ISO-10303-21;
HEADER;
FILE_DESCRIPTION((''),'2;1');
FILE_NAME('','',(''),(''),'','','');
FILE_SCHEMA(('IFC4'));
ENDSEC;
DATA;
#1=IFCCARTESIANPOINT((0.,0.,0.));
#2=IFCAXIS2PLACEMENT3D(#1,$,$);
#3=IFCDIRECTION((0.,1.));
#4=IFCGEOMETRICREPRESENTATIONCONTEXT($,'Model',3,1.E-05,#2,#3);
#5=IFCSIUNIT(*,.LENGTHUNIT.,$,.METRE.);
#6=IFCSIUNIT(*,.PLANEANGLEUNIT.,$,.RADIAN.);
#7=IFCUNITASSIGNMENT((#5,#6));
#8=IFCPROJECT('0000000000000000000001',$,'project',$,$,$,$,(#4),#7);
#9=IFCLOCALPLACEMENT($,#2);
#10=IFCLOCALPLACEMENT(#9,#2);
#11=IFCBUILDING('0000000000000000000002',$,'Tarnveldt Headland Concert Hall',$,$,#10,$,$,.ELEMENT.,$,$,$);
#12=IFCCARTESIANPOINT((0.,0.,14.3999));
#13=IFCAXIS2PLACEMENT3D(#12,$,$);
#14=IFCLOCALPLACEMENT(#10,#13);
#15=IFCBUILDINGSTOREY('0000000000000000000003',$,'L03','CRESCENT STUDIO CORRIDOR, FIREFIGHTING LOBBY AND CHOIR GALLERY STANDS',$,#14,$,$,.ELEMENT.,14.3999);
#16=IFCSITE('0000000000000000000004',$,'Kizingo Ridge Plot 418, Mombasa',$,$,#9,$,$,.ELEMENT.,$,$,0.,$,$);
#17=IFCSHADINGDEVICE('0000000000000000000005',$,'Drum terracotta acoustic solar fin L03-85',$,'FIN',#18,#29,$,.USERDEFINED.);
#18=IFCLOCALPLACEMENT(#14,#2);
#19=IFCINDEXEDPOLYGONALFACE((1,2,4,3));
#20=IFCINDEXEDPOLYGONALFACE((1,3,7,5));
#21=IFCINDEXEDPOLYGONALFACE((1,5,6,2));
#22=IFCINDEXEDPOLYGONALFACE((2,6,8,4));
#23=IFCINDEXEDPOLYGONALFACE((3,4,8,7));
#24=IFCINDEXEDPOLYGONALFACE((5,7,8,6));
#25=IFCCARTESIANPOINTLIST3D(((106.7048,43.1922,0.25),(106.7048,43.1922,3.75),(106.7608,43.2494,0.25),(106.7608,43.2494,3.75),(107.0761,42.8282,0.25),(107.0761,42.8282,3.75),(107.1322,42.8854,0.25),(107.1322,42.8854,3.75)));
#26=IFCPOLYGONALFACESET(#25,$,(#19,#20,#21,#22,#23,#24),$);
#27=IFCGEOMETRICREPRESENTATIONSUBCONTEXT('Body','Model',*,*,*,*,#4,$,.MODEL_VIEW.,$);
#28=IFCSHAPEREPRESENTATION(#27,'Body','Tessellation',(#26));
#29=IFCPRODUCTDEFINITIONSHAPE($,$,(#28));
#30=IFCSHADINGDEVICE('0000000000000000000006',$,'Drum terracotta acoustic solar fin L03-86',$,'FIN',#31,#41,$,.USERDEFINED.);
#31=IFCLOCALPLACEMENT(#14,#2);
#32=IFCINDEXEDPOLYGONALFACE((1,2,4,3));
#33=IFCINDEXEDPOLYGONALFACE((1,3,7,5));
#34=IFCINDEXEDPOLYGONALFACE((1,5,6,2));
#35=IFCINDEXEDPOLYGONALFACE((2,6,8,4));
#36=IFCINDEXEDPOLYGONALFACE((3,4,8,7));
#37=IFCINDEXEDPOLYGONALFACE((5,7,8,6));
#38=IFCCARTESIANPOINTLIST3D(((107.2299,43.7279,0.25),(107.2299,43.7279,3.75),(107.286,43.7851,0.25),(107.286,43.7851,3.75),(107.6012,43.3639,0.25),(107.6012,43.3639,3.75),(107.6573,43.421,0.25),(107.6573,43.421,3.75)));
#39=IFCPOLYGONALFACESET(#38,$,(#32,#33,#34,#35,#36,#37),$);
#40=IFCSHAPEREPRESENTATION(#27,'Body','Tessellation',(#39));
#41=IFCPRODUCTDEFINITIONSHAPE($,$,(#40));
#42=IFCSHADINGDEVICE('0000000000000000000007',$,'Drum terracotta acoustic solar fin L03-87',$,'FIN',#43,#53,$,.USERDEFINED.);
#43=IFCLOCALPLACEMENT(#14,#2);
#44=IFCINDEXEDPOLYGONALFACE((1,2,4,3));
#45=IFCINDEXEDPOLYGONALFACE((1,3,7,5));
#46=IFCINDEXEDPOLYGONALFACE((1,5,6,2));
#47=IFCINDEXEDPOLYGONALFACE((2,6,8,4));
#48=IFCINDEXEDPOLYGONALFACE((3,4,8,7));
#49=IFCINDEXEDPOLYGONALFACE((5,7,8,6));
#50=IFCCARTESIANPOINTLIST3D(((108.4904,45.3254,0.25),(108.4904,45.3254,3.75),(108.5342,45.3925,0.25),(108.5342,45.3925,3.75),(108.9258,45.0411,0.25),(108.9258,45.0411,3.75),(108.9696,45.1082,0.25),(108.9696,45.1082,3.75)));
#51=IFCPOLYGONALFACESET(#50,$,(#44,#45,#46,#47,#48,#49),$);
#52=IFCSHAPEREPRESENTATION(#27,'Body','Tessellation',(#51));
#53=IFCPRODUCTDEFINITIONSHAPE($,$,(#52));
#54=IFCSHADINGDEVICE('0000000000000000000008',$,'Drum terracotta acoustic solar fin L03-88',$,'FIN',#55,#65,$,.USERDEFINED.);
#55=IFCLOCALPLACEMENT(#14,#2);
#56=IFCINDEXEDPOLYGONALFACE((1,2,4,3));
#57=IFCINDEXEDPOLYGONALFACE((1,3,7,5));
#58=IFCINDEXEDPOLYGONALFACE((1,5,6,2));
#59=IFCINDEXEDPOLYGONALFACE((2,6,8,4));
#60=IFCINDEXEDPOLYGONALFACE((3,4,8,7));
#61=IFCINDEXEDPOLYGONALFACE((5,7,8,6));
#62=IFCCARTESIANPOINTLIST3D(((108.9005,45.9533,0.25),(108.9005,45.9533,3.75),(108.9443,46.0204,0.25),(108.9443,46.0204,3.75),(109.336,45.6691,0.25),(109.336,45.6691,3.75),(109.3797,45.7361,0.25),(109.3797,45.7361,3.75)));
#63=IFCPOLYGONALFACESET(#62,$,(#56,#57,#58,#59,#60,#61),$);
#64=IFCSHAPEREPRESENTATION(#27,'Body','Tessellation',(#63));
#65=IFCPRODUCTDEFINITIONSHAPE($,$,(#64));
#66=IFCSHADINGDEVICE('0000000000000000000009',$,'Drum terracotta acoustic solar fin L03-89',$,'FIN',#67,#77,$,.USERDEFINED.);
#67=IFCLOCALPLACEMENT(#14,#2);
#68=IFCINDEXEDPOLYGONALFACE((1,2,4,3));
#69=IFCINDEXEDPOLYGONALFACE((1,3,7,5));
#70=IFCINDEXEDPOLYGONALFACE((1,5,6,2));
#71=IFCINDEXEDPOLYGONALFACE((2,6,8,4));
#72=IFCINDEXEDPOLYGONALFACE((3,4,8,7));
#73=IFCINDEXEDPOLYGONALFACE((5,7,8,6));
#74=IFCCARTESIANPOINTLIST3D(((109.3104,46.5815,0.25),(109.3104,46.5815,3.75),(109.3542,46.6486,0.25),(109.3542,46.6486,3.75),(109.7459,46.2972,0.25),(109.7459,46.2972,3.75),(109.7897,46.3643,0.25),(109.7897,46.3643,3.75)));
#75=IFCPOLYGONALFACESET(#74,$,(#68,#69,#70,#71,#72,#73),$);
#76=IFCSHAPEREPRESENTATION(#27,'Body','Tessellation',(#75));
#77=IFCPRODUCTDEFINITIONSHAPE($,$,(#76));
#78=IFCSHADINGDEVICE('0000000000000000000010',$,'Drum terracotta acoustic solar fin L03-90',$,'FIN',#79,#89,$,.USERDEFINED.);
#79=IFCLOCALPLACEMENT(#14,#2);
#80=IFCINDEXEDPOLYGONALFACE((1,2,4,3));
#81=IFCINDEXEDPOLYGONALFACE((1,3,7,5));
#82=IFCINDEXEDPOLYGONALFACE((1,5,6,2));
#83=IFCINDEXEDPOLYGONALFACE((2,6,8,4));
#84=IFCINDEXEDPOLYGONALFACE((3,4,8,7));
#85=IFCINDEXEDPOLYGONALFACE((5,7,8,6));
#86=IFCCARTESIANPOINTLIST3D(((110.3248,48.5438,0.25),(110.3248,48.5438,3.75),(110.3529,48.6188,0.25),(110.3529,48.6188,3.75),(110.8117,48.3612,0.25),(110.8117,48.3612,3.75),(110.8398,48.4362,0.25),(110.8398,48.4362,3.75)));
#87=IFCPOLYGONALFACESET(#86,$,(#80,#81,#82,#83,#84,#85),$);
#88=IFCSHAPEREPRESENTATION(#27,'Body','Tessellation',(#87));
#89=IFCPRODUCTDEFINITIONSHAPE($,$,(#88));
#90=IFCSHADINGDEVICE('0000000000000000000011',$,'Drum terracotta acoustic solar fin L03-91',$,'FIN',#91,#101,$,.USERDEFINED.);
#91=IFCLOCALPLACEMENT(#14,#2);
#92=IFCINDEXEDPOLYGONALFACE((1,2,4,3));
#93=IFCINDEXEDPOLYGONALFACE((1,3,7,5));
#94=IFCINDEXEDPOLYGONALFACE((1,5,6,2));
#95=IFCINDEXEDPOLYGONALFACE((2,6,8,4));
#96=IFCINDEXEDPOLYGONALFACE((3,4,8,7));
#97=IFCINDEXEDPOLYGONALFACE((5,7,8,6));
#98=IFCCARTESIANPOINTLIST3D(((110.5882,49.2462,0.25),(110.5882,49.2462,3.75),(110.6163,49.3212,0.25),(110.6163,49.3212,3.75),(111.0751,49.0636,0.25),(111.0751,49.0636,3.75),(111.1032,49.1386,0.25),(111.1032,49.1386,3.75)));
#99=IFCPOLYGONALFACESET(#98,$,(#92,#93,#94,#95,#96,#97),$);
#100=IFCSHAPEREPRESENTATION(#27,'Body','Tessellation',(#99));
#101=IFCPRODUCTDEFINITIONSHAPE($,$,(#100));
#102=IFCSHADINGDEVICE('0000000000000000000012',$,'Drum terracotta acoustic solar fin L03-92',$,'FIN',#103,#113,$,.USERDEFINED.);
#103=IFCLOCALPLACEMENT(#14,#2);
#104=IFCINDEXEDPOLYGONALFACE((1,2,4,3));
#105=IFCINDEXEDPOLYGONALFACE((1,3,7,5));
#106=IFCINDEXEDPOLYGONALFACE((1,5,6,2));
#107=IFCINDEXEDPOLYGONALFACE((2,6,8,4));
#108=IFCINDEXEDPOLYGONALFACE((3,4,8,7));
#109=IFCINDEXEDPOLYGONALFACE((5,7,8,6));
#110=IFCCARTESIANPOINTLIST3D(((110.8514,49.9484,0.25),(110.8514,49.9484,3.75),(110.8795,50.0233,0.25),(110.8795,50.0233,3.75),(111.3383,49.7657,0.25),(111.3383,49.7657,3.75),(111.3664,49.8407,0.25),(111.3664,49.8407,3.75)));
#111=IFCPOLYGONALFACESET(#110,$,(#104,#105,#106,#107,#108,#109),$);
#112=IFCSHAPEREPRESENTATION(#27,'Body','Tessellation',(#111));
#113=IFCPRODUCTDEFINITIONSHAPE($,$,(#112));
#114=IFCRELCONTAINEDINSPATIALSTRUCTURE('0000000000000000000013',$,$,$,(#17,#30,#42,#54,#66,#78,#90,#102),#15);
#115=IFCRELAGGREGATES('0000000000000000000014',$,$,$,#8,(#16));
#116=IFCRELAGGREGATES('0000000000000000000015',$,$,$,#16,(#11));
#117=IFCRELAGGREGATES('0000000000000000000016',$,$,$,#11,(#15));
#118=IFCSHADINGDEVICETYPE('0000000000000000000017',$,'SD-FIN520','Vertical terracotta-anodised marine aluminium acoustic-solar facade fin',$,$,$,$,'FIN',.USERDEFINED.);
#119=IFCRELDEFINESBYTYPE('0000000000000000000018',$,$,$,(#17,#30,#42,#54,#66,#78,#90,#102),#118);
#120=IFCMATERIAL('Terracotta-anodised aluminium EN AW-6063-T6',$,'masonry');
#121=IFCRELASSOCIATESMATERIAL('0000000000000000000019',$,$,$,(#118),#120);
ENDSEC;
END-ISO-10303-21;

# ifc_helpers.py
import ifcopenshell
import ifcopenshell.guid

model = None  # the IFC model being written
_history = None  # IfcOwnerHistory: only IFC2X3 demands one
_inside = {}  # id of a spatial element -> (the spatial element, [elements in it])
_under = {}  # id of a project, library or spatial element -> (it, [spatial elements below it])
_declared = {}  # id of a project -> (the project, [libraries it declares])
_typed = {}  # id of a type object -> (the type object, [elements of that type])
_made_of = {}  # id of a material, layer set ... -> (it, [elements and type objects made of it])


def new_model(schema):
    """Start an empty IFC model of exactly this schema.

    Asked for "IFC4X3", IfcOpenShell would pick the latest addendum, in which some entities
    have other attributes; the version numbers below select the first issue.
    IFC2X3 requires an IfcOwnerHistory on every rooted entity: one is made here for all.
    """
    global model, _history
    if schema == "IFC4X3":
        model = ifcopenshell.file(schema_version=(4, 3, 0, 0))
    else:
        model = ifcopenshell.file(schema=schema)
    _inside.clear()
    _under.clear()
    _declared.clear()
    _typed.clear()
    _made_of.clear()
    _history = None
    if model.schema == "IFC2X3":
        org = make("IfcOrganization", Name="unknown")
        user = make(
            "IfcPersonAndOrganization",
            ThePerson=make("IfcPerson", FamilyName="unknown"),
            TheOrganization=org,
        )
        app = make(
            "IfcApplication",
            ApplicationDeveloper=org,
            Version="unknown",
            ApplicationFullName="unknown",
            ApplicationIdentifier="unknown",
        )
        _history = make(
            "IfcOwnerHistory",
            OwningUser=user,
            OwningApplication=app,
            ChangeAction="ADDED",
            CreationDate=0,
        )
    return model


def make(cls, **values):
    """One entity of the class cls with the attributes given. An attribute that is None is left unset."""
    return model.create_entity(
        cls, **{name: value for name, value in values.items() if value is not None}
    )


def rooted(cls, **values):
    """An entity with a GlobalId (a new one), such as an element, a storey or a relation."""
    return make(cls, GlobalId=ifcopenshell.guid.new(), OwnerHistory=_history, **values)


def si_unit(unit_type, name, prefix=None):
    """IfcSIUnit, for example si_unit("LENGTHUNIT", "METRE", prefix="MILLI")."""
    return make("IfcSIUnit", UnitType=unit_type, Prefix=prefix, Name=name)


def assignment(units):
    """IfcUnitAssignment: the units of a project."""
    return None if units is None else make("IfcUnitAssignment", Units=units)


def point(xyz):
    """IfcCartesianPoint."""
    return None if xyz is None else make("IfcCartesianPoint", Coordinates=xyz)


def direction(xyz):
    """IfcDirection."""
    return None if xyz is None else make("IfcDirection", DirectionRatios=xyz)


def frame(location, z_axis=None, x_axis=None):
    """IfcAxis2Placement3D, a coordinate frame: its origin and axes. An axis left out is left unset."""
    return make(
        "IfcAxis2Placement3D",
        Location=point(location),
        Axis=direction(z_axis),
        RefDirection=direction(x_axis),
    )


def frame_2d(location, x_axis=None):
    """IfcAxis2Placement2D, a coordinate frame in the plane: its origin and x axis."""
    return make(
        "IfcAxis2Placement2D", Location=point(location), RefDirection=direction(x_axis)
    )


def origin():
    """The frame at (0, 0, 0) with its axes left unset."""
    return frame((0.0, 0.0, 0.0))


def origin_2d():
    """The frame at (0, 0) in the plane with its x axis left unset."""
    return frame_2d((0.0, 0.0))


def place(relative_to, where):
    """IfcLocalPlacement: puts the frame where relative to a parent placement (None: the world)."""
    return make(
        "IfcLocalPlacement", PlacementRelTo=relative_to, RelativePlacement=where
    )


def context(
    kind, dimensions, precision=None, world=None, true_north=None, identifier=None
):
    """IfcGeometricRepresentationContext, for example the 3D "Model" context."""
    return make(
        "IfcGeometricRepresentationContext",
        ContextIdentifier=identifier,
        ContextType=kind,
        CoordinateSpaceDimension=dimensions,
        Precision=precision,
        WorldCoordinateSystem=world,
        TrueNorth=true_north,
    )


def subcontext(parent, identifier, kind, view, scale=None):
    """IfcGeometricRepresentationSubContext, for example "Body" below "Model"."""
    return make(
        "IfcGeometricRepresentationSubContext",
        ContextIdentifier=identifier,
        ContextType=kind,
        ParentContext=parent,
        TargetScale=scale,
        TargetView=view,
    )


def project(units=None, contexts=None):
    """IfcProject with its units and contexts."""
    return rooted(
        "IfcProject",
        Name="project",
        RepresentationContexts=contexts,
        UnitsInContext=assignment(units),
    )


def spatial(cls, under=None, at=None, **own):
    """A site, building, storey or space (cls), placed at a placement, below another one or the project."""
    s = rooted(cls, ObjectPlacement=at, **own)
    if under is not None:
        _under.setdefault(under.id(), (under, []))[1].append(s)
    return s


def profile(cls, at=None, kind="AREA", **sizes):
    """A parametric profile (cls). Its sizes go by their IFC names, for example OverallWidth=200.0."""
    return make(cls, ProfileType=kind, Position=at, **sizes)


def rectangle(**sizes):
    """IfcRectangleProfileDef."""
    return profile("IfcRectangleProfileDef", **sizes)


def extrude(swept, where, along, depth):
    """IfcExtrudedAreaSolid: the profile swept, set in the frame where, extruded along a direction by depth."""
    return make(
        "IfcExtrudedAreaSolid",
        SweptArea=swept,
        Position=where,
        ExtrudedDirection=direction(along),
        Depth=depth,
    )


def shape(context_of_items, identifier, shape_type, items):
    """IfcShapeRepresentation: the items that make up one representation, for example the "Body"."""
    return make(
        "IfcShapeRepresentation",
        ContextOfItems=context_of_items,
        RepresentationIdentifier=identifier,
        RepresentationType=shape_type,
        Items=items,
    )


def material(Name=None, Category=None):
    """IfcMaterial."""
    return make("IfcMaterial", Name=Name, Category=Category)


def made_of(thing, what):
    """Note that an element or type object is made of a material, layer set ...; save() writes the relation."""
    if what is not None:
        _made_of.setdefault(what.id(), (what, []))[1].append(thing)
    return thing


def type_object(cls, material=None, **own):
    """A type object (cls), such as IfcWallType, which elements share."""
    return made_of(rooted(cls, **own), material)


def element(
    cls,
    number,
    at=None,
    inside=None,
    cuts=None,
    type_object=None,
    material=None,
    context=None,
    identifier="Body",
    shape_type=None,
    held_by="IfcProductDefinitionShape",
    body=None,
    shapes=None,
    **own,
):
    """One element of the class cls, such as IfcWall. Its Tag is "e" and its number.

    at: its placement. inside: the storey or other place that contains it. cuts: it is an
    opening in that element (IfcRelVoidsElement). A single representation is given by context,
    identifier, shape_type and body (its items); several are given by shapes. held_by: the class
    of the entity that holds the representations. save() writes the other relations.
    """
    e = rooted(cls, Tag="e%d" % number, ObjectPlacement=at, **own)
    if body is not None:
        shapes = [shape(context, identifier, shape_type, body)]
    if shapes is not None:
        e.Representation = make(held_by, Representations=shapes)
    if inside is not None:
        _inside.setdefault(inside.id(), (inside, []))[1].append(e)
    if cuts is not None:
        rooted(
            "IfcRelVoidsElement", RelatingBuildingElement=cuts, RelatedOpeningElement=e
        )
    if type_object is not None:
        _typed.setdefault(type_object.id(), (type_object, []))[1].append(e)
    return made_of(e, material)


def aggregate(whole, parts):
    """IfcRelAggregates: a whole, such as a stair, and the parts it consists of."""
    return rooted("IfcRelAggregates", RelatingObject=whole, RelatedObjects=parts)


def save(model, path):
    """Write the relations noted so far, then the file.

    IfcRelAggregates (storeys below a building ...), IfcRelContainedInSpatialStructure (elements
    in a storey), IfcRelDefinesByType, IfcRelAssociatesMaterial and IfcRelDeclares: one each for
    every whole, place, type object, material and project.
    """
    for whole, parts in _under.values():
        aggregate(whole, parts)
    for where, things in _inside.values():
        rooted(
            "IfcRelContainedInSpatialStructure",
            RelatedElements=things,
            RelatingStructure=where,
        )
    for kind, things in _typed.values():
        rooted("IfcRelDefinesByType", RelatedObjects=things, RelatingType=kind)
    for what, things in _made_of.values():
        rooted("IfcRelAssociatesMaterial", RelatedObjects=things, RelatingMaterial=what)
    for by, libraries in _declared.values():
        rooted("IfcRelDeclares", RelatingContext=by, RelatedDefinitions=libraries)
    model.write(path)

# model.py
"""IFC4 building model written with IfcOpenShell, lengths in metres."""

from ifc_helpers import new_model, si_unit, direction, frame, origin, origin_2d, place, context, subcontext, project, spatial, rectangle, extrude, material, type_object, element, save


model = new_model("IFC4")

# Units and contexts
model_context = context("Model", 3, precision=1e-05, world=origin(), true_north=direction((0.0, 1.0)))
body_context = subcontext(model_context, "Body", "Model", "MODEL_VIEW")
ifc_project = project(units=[si_unit("LENGTHUNIT", "METRE"), si_unit("PLANEANGLEUNIT", "RADIAN")], contexts=[model_context])

# Site, building, storey
site_placement = place(None, origin())
site = spatial("IfcSite", under=ifc_project, at=site_placement, Name="Kizingo Ridge Plot 418, Mombasa", CompositionType="ELEMENT", RefElevation=0.0)
building_placement = place(site_placement, origin())
building = spatial("IfcBuilding", under=site, at=building_placement, Name="Tarnveldt Headland Concert Hall", CompositionType="ELEMENT")
storey_placement = place(building_placement, frame((0.0, 0.0, 14.3999)))
storey = spatial("IfcBuildingStorey", under=building, at=storey_placement, Name="L03", Description="CRESCENT STUDIO CORRIDOR, FIREFIGHTING LOBBY AND CHOIR GALLERY STANDS", CompositionType="ELEMENT", Elevation=14.3999)

# Shading devices
ifc_material_1 = material(Name="Terracotta-anodised aluminium EN AW-6063-T6", Category="masonry")
shading_device_type = type_object("IfcShadingDeviceType", Name="SD-FIN520", Description="Vertical terracotta-anodised marine aluminium acoustic-solar facade fin", ElementType="FIN", PredefinedType="USERDEFINED", material=ifc_material_1)
for number, where, z_axis, x_axis, name in (
    (1, (106.9185, 43.0388, 0.25), (0.0, 0.0, 1.0), (0.714106, -0.700037, 0.0), "Drum terracotta acoustic solar fin L03-85"),
    (2, (107.4436, 43.5745, 0.25), (0.0, 0.0, 1.0), (0.714106, -0.700037, 0.0), "Drum terracotta acoustic solar fin L03-86"),
    (3, (108.73, 45.2168, 0.25), (0.0, 0.0, 1.0), (0.837337, -0.546687, 0.0), "Drum terracotta acoustic solar fin L03-87"),
    (4, (109.1401, 45.8447, 0.25), (0.0, 0.0, 1.0), (0.837337, -0.546687, 0.0), "Drum terracotta acoustic solar fin L03-88"),
    (5, (109.55, 46.4729, 0.25), (0.0, 0.0, 1.0), (0.837337, -0.546687, 0.0), "Drum terracotta acoustic solar fin L03-89"),
    (6, (110.5823, 48.49, 0.25), (0.0, 0.0, 1.0), (0.936305, -0.351188, 0.0), "Drum terracotta acoustic solar fin L03-90"),
    (7, (110.8457, 49.1924, 0.25), (0.0, 0.0, 1.0), (0.936305, -0.351188, 0.0), "Drum terracotta acoustic solar fin L03-91"),
    (8, (111.1089, 49.8945, 0.25), (0.0, 0.0, 1.0), (0.936305, -0.351188, 0.0), "Drum terracotta acoustic solar fin L03-92"),
):
    element("IfcShadingDevice", number, at=place(storey_placement, frame(where, z_axis=z_axis, x_axis=x_axis)), inside=storey, type_object=shading_device_type, Name=name, ObjectType="FIN", PredefinedType="USERDEFINED", context=body_context, shape_type="SweptSolid", body=[
        extrude(rectangle(XDim=0.52, YDim=0.0801, at=origin_2d()), origin(), (0.0, 0.0, 1.0), 3.5),
    ])

save(model, "model.ifc")
